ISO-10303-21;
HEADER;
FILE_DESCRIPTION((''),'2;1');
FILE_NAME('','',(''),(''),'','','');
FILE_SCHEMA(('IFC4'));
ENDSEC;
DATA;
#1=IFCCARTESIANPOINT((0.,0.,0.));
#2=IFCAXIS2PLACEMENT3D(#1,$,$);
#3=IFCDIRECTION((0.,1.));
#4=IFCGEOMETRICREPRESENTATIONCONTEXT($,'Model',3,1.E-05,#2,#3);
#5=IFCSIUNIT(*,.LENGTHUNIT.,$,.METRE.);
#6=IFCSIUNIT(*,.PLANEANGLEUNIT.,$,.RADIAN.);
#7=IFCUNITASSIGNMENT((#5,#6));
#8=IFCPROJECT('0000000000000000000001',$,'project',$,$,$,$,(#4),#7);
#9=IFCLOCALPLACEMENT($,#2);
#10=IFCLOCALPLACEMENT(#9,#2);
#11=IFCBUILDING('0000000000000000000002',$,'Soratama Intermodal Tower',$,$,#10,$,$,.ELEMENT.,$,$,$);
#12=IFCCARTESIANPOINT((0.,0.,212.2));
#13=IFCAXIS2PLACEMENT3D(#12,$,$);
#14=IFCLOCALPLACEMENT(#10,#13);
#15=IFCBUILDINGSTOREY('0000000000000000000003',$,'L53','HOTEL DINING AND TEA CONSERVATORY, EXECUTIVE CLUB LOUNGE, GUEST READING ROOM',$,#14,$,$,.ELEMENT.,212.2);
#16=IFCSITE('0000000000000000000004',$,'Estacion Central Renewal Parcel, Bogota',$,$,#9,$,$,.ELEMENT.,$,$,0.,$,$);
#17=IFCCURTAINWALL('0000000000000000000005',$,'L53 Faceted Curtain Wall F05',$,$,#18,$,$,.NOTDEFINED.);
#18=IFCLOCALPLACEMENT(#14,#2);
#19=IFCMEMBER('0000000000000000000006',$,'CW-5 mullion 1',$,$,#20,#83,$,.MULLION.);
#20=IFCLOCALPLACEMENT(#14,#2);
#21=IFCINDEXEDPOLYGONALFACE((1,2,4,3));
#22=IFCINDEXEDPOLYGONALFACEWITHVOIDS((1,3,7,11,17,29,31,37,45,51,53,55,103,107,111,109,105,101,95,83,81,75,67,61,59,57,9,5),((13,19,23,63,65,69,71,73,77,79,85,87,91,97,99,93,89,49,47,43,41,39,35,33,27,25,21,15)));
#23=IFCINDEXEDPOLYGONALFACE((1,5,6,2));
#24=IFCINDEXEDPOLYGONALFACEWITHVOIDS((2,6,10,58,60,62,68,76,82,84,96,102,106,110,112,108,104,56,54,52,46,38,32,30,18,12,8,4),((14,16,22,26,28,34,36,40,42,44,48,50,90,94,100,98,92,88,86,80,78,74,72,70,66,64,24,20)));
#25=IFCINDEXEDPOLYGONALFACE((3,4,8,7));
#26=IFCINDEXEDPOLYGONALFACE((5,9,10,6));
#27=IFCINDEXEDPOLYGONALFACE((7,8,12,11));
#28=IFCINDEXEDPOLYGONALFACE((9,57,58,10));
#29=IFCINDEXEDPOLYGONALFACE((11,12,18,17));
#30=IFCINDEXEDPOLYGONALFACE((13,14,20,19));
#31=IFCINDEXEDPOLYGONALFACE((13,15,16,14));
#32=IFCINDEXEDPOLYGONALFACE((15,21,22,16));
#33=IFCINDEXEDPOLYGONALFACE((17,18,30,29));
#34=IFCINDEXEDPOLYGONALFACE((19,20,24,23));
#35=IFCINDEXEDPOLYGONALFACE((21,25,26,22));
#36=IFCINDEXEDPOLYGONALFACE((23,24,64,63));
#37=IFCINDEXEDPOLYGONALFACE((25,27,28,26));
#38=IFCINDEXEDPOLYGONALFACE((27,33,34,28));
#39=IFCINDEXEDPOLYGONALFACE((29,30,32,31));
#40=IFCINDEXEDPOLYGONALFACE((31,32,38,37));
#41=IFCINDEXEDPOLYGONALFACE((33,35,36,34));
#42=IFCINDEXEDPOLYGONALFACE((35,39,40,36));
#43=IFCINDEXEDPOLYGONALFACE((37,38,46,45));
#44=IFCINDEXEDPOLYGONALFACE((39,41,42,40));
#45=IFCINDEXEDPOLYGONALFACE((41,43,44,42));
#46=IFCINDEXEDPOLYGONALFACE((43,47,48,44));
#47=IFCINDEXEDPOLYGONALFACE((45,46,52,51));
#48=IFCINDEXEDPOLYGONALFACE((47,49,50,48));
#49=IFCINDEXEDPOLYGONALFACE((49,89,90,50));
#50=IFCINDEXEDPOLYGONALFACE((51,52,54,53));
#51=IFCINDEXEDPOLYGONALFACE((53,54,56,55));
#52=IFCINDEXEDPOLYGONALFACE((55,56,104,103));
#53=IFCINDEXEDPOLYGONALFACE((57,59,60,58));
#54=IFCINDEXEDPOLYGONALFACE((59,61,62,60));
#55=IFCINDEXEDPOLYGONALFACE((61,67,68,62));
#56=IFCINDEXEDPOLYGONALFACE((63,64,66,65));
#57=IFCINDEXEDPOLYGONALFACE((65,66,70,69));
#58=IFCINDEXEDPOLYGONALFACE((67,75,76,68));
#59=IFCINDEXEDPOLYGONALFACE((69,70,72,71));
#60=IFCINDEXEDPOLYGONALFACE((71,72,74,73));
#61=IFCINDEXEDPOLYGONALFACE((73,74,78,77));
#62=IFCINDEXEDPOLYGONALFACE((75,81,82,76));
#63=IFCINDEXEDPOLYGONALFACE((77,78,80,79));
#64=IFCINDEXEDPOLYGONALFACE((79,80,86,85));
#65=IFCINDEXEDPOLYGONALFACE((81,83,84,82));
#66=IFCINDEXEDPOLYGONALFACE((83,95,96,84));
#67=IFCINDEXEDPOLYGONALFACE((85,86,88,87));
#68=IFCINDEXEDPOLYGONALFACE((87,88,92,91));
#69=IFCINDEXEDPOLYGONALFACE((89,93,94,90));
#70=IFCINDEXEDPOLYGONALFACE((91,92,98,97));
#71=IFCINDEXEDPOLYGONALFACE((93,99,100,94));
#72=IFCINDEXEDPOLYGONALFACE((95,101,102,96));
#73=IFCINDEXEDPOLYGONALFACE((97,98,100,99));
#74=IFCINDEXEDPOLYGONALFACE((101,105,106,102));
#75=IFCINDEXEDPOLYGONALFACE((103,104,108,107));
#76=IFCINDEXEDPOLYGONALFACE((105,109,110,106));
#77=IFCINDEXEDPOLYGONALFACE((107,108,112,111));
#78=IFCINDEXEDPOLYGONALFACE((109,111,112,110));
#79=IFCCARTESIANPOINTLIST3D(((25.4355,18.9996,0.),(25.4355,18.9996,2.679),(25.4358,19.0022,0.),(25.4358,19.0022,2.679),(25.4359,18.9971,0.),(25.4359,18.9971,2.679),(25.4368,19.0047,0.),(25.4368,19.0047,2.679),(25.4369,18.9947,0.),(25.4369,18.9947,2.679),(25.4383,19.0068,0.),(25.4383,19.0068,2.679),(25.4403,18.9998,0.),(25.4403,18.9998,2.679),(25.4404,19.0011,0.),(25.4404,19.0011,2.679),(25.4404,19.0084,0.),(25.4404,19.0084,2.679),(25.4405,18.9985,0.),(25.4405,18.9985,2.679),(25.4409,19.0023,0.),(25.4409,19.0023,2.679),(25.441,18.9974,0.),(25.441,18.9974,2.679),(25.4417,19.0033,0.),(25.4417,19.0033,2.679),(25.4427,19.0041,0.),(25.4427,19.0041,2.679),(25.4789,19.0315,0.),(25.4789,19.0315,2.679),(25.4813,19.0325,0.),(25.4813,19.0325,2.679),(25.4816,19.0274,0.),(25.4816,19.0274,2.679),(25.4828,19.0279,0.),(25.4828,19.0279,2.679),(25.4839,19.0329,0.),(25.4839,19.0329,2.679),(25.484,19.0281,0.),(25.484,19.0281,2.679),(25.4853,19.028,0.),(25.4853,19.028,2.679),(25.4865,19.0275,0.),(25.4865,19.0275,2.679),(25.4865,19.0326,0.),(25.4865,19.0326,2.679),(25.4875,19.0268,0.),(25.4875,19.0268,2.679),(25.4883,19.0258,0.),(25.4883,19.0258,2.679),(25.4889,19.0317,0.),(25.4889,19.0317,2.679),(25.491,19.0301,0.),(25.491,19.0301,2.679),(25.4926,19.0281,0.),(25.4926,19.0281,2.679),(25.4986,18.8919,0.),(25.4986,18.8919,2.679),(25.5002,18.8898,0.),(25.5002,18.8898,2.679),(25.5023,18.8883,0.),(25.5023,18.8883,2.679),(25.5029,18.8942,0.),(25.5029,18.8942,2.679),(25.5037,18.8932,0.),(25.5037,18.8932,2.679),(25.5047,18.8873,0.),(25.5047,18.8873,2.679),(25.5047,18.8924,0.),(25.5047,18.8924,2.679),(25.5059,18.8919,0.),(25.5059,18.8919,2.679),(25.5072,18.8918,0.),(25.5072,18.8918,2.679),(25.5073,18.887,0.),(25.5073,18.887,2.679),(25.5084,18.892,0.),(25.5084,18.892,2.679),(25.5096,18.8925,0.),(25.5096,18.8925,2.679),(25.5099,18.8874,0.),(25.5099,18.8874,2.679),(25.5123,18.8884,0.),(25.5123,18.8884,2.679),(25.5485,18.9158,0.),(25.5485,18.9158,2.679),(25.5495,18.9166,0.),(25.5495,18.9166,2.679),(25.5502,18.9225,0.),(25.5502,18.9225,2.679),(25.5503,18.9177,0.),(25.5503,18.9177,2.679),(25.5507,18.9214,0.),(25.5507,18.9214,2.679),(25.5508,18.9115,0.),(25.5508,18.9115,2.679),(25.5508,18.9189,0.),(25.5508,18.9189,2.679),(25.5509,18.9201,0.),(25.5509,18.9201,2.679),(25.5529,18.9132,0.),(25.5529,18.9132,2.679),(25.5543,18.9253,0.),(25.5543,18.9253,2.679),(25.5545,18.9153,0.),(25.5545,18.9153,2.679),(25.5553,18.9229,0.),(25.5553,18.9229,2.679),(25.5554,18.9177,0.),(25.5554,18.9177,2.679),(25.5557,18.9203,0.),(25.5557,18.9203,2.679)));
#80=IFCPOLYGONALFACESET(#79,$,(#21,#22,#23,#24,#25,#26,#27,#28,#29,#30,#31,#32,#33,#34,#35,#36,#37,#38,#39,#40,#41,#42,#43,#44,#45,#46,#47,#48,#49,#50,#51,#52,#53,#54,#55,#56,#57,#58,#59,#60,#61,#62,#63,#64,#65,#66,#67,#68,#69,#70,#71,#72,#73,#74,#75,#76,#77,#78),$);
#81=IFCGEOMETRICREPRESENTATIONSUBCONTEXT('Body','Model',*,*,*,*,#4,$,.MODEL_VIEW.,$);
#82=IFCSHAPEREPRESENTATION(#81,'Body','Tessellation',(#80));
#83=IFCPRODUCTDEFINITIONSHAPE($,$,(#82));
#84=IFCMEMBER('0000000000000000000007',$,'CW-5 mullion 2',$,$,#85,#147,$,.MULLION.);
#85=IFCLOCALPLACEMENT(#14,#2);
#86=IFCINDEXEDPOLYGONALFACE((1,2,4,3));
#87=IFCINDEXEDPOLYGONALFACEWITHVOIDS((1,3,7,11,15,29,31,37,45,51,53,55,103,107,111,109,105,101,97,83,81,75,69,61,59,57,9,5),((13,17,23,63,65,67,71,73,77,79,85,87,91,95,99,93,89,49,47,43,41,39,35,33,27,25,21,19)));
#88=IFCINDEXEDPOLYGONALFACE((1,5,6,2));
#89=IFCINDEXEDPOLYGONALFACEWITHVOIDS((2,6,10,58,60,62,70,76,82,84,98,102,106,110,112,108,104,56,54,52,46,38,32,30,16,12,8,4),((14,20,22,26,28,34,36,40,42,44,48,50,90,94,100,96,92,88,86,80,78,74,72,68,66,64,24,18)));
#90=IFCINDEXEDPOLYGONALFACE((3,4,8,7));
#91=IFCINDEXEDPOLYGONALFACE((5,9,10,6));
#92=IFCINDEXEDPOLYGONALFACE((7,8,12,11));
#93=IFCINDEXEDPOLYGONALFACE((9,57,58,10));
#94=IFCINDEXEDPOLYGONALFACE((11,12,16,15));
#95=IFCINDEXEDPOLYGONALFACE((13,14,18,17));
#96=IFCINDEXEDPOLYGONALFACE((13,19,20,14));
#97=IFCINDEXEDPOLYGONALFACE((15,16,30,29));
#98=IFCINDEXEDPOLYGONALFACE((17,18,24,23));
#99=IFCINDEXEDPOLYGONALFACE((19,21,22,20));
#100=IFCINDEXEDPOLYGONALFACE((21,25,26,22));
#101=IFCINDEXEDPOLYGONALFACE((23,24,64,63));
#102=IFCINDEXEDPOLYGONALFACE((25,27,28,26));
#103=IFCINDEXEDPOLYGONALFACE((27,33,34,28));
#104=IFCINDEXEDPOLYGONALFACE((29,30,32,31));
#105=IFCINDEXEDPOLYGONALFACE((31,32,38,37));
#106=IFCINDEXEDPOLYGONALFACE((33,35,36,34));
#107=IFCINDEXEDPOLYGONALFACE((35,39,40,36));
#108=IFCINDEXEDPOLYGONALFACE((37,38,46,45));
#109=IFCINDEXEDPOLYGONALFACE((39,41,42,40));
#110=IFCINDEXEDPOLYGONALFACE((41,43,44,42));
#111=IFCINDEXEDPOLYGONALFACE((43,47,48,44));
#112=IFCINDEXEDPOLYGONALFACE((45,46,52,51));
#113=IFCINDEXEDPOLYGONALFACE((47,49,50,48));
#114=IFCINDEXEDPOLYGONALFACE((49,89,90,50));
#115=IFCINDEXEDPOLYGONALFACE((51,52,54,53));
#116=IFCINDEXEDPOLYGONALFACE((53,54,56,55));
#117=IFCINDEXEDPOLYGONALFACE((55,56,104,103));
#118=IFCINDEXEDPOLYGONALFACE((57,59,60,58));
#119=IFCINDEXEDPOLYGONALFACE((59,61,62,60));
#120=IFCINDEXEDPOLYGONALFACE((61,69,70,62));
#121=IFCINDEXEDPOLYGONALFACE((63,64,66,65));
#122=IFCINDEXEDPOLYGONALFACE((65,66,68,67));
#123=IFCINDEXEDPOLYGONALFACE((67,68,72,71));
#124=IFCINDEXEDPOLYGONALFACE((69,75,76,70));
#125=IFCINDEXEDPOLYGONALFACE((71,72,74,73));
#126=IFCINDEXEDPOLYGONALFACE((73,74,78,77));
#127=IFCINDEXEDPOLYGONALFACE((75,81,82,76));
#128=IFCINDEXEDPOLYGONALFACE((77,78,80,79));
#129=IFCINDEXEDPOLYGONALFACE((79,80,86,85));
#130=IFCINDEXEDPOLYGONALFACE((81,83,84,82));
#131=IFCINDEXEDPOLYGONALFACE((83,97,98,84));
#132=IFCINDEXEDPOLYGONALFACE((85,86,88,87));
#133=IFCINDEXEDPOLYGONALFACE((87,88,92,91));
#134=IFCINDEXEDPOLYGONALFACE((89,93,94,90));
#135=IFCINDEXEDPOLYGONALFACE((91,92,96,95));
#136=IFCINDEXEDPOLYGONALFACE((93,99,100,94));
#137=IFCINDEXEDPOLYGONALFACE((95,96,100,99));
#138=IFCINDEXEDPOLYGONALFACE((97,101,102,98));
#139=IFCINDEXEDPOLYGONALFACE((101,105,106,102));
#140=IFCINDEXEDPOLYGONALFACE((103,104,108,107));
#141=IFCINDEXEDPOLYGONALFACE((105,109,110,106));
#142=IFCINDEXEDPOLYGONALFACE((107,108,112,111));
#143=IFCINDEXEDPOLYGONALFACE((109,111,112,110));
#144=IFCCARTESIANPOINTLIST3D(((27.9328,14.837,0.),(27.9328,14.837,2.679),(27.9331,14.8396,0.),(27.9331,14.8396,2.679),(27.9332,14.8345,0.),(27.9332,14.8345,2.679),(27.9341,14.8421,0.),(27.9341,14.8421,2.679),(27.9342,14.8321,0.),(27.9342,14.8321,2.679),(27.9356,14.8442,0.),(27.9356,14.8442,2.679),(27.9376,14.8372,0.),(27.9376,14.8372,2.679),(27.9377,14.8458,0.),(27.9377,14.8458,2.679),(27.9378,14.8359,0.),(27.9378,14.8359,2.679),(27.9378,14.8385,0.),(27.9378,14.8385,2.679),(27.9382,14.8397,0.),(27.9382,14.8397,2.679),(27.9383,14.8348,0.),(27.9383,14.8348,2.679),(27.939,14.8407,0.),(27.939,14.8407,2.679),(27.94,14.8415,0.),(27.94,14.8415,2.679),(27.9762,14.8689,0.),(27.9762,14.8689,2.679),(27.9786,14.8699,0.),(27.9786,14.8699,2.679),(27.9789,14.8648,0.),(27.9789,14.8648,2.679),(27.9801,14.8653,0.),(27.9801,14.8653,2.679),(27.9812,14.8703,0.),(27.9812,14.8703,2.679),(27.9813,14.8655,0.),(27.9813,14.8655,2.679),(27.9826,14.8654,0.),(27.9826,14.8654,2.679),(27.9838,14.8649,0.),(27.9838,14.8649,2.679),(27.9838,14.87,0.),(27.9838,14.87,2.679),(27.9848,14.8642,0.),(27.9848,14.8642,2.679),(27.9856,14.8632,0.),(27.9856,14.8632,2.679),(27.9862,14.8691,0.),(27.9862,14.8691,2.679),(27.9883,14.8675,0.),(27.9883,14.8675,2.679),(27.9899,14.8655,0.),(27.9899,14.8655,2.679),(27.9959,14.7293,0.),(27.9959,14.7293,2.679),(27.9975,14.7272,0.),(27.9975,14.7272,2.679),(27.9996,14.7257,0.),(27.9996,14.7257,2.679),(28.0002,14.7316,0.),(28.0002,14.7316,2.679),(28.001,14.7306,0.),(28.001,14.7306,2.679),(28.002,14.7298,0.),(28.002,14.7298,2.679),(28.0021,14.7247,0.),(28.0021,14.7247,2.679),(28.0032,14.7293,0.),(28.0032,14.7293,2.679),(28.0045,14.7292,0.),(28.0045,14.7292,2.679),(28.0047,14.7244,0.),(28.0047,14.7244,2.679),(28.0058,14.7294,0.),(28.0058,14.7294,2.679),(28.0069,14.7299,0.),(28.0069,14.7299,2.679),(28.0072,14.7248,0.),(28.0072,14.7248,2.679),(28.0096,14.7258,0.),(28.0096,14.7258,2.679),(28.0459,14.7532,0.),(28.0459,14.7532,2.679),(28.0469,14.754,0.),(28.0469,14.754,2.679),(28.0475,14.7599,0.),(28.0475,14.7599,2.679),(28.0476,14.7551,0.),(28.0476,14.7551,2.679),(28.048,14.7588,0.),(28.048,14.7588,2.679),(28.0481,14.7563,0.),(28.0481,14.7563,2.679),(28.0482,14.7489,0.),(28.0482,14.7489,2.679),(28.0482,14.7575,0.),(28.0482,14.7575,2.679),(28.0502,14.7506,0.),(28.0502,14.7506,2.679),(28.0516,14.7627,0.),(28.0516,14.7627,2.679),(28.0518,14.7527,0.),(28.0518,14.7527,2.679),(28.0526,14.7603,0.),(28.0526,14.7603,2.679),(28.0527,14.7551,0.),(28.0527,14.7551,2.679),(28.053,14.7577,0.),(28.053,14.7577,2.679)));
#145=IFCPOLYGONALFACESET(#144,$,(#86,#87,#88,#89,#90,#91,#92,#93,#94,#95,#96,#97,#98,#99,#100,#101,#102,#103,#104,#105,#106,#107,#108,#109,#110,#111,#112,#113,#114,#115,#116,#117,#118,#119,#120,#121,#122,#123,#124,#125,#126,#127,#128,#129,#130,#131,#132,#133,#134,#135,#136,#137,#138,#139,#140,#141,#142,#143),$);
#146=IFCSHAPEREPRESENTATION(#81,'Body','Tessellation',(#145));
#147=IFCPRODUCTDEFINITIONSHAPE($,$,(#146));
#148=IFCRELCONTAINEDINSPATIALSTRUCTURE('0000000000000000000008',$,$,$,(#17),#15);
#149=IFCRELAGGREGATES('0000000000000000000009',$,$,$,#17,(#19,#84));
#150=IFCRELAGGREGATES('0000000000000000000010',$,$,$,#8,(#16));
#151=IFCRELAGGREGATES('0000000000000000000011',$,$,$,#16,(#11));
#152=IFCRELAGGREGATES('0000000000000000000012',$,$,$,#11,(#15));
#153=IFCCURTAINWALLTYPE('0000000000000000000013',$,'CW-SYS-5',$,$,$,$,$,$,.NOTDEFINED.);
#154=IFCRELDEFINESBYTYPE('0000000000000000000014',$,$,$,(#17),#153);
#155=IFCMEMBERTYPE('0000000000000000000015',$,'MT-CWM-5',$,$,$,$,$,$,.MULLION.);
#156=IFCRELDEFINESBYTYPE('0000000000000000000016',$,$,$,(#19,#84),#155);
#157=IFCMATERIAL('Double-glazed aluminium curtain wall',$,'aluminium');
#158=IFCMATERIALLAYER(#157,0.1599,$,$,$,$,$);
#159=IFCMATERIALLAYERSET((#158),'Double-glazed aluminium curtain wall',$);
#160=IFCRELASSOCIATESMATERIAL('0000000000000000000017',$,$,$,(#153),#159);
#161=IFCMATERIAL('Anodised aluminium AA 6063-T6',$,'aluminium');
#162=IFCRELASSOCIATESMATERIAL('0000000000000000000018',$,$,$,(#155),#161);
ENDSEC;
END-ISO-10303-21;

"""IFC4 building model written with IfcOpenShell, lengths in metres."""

from ifc_helpers import new_model, si_unit, direction, frame, origin, origin_2d, place, context, subcontext, project, spatial, hollow_rectangle, extrude, material, layer, layer_set, material_profile, profile_set, type_object, element, aggregate, save


model = new_model("IFC4")

# Units and contexts
model_context = context("Model", 3, precision=1e-05, world=origin(), true_north=direction((0.0, 1.0)))
body_context = subcontext(model_context, "Body", "Model", "MODEL_VIEW")
ifc_project = project(units=[si_unit("LENGTHUNIT", "METRE"), si_unit("PLANEANGLEUNIT", "RADIAN")], contexts=[model_context])

# Site, building, storey
site_placement = place(None, origin())
site = spatial("IfcSite", under=ifc_project, at=site_placement, Name="Estacion Central Renewal Parcel, Bogota", CompositionType="ELEMENT", RefElevation=0.0)
building_placement = place(site_placement, origin())
building = spatial("IfcBuilding", under=site, at=building_placement, Name="Soratama Intermodal Tower", CompositionType="ELEMENT")
storey_placement = place(building_placement, frame((0.0, 0.0, 212.2)))
storey = spatial("IfcBuildingStorey", under=building, at=storey_placement, Name="L53", Description="HOTEL DINING AND TEA CONSERVATORY, EXECUTIVE CLUB LOUNGE, GUEST READING ROOM", CompositionType="ELEMENT", Elevation=212.2)

# Curtain wall, members
ifc_material_1 = material(Name="Double-glazed aluminium curtain wall", Category="aluminium")
ifc_layer_1 = layer(ifc_material_1, 0.1599)
ifc_layer_set_1 = layer_set([ifc_layer_1], Name="Double-glazed aluminium curtain wall")
curtain_wall_type = type_object("IfcCurtainWallType", Name="CW-SYS-5", PredefinedType="NOTDEFINED", material=ifc_layer_set_1)
curtain_wall_placement = place(storey_placement, origin())
curtain_wall = element("IfcCurtainWall", 1, at=curtain_wall_placement, inside=storey, type_object=curtain_wall_type, Name="L53 Faceted Curtain Wall F05", PredefinedType="NOTDEFINED")
ifc_material_2 = material(Name="Anodised aluminium AA 6063-T6", Category="aluminium")
ifc_material_profile_1 = material_profile(ifc_material_2, hollow_rectangle(XDim=0.0649, YDim=0.1399, WallThickness=0.0049, InnerFilletRadius=0.0049, OuterFilletRadius=0.01, at=origin_2d()), Name="CWM140X65X5")
ifc_profile_set_1 = profile_set([ifc_material_profile_1], Name="Anodised aluminium AA 6063-T6")
member_type_1 = type_object("IfcMemberType", Name="MT-CWM-5", PredefinedType="MULLION", material=ifc_profile_set_1)
member_1_placement = place(storey_placement, frame((25.4956, 18.96, 0.0), z_axis=(0.0, 0.0, 1.0), x_axis=(0.857527, 0.514439, 0.0)))
member_1 = element("IfcMember", 2, at=member_1_placement, type_object=member_type_1, Name="CW-5 mullion 1", PredefinedType="MULLION", context=body_context, shape_type="SweptSolid", body=[
    extrude(hollow_rectangle(XDim=0.0649, YDim=0.1399, WallThickness=0.0049, InnerFilletRadius=0.0049, OuterFilletRadius=0.01, at=origin_2d()), origin(), (0.0, 0.0, 1.0), 2.679),
])
member_2_placement = place(storey_placement, frame((27.9929, 14.7974, 0.0), z_axis=(0.0, 0.0, 1.0), x_axis=(0.857527, 0.514439, 0.0)))
member_2 = element("IfcMember", 3, at=member_2_placement, type_object=member_type_1, Name="CW-5 mullion 2", PredefinedType="MULLION", context=body_context, shape_type="SweptSolid", body=[
    extrude(hollow_rectangle(XDim=0.0649, YDim=0.1399, WallThickness=0.0049, InnerFilletRadius=0.0049, OuterFilletRadius=0.01, at=origin_2d()), origin(), (0.0, 0.0, 1.0), 2.679),
])
aggregate(curtain_wall, [member_1, member_2])

save(model, "model.ifc")
